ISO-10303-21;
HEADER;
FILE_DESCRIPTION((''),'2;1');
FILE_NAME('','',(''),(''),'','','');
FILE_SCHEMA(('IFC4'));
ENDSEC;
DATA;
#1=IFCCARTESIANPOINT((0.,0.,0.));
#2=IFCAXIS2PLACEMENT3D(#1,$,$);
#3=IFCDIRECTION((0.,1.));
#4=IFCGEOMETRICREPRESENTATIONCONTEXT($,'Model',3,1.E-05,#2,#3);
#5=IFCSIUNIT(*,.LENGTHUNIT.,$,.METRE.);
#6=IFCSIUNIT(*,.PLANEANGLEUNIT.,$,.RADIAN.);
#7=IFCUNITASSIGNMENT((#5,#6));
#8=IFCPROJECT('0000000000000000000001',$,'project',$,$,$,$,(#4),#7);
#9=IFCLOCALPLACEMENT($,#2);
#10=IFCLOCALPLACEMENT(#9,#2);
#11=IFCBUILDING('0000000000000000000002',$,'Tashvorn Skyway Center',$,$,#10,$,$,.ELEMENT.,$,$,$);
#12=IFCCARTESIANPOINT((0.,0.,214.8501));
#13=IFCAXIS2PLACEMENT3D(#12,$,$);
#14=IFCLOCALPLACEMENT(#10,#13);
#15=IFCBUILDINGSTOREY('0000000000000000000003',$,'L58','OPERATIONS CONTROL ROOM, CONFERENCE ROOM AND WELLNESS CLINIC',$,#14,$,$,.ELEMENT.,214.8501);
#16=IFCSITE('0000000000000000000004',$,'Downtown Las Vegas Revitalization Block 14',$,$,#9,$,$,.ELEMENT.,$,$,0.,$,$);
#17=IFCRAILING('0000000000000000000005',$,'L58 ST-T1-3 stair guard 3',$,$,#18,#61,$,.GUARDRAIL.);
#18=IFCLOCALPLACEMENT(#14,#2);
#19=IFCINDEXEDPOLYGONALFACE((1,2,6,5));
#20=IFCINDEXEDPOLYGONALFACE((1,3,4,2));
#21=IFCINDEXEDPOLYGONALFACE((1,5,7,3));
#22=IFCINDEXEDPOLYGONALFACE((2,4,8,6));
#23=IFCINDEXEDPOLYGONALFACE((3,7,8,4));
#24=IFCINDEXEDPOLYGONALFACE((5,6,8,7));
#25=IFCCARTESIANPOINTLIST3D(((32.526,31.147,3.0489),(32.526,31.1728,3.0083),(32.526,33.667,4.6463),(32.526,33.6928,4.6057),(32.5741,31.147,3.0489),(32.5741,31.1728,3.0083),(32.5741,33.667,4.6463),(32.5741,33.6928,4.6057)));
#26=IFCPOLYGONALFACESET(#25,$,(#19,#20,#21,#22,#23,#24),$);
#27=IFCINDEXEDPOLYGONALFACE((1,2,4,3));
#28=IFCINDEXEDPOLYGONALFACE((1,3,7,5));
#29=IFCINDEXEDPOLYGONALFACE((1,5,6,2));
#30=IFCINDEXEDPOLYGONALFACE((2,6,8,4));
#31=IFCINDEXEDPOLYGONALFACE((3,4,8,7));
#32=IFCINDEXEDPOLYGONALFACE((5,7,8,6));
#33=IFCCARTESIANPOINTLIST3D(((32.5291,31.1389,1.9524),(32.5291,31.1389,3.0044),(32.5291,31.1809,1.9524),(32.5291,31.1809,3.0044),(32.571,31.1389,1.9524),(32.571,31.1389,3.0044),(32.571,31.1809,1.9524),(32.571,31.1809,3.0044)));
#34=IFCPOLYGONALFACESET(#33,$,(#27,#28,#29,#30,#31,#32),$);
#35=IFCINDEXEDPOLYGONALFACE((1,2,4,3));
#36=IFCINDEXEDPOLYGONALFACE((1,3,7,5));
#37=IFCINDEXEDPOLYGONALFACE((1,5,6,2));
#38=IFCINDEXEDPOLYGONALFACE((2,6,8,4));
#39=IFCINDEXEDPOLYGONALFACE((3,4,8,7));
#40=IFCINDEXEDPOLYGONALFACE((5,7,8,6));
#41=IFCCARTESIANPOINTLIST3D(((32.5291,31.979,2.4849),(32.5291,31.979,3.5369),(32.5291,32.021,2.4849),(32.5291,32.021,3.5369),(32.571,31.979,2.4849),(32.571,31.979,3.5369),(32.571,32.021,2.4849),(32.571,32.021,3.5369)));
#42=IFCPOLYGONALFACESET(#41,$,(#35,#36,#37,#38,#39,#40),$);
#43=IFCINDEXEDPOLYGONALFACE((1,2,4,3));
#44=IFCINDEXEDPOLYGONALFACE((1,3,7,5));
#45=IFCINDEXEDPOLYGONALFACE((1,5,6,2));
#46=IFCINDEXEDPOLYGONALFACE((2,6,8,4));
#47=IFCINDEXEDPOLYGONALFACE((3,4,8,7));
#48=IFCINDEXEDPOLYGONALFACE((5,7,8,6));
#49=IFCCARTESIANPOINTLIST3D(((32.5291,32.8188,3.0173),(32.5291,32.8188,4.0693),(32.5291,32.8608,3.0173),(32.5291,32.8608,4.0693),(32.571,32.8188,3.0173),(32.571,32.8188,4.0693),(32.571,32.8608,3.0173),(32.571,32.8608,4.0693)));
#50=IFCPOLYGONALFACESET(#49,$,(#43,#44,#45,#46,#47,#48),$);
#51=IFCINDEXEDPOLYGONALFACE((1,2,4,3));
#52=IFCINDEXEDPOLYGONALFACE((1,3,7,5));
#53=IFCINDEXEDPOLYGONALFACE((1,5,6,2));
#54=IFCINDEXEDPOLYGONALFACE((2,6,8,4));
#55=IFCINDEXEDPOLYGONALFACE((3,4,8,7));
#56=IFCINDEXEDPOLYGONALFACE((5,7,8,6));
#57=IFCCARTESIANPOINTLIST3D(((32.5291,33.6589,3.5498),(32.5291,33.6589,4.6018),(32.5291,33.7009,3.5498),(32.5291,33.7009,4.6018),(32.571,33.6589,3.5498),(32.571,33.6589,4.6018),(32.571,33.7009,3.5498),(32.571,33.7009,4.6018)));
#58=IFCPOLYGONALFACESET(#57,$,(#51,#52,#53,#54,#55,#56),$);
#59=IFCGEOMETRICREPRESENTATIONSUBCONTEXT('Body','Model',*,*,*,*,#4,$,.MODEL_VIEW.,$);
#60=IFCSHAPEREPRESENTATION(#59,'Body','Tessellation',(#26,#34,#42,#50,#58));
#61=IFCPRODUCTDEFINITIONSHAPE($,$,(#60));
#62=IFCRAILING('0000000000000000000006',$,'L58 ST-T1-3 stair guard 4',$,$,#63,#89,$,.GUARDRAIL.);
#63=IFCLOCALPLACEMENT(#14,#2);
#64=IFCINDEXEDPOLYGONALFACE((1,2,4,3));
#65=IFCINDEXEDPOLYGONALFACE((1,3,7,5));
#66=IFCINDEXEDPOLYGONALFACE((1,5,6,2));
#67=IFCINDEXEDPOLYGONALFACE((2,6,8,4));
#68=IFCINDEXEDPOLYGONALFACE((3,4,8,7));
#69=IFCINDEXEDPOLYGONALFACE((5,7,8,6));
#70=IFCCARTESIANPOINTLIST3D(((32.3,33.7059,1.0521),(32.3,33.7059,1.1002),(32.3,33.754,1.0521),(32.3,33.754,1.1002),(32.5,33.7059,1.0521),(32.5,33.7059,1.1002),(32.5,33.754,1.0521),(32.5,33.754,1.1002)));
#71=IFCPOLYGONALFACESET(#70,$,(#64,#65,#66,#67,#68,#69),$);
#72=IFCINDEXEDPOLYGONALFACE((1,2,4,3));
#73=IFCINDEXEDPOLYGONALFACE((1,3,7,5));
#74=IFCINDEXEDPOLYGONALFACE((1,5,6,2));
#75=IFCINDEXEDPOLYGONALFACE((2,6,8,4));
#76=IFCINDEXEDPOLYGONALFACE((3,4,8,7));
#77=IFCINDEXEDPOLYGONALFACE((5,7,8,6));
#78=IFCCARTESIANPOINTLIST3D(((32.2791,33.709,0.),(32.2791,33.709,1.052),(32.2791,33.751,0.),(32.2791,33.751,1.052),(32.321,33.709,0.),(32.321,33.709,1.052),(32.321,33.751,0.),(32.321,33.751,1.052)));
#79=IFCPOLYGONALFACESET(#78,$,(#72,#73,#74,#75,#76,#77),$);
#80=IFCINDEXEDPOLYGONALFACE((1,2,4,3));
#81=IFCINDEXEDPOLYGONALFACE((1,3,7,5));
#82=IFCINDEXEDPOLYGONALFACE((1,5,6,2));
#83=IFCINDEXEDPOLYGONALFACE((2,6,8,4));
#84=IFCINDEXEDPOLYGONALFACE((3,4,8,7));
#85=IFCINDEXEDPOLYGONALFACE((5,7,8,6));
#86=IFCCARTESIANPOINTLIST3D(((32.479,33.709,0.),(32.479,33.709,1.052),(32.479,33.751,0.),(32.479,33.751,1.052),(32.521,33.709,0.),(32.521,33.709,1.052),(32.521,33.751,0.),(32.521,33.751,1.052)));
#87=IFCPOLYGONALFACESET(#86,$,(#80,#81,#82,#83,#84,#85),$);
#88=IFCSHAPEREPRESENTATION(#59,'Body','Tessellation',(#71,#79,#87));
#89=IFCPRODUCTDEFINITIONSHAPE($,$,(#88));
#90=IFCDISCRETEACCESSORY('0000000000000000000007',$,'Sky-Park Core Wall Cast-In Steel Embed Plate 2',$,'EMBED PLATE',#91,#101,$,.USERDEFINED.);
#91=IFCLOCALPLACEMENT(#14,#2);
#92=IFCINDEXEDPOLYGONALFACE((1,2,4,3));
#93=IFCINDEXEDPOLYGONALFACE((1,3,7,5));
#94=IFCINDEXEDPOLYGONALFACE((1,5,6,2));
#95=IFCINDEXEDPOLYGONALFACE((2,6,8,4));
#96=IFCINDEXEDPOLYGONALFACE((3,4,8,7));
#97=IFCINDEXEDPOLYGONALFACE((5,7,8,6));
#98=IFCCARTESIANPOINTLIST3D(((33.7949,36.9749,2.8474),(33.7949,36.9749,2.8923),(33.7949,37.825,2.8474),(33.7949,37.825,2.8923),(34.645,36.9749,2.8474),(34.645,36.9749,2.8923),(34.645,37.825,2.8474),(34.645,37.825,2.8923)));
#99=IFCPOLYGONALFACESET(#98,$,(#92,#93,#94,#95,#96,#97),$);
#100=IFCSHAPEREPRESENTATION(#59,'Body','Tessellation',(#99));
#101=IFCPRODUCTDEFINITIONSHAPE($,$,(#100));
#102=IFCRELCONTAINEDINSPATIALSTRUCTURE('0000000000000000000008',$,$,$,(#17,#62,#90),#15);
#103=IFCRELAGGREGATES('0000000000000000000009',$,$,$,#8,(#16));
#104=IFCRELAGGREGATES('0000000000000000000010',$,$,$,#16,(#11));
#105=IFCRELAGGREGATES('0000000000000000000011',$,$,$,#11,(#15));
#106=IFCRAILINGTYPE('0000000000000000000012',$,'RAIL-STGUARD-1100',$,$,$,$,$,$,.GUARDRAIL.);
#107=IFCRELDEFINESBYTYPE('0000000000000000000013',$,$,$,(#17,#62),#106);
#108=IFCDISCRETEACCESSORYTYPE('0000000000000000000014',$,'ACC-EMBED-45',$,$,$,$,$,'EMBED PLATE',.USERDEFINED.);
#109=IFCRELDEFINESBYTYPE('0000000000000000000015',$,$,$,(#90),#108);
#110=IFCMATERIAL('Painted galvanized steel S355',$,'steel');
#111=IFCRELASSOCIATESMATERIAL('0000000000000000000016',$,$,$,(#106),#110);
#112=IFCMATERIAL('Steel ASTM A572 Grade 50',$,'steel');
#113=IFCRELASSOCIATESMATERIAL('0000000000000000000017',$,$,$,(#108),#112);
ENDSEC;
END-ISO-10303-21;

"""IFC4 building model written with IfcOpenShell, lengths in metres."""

from ifc_helpers import new_model, si_unit, direction, frame, origin, origin_2d, place, context, subcontext, project, spatial, rectangle, extrude, material, type_object, element, save


model = new_model("IFC4")

# Units and contexts
model_context = context("Model", 3, precision=1e-05, world=origin(), true_north=direction((0.0, 1.0)))
body_context = subcontext(model_context, "Body", "Model", "MODEL_VIEW")
ifc_project = project(units=[si_unit("LENGTHUNIT", "METRE"), si_unit("PLANEANGLEUNIT", "RADIAN")], contexts=[model_context])

# Site, building, storey
site_placement = place(None, origin())
site = spatial("IfcSite", under=ifc_project, at=site_placement, Name="Downtown Las Vegas Revitalization Block 14", CompositionType="ELEMENT", RefElevation=0.0)
building_placement = place(site_placement, origin())
building = spatial("IfcBuilding", under=site, at=building_placement, Name="Tashvorn Skyway Center", CompositionType="ELEMENT")
storey_placement = place(building_placement, frame((0.0, 0.0, 214.8501)))
storey = spatial("IfcBuildingStorey", under=building, at=storey_placement, Name="L58", Description="OPERATIONS CONTROL ROOM, CONFERENCE ROOM AND WELLNESS CLINIC", CompositionType="ELEMENT", Elevation=214.8501)

# Shared definitions
ifc_material_1 = material(Name="Steel ASTM A572 Grade 50", Category="steel")

# Railings
ifc_material_2 = material(Name="Painted galvanized steel S355", Category="steel")
railing_type_1 = type_object("IfcRailingType", Name="RAIL-STGUARD-1100", PredefinedType="GUARDRAIL", material=ifc_material_2)
railing_1_placement = place(storey_placement, frame((32.55, 31.1599, 1.9524)))
element("IfcRailing", 1, at=railing_1_placement, inside=storey, type_object=railing_type_1, Name="L58 ST-T1-3 stair guard 3", PredefinedType="GUARDRAIL", context=body_context, shape_type="SweptSolid", body=[
    extrude(rectangle(XDim=0.0481, YDim=0.0481, at=origin_2d()), frame((0.0, 0.0, 1.0762), z_axis=(0.0, 0.844607, 0.535387), x_axis=(-1.0, 0.0, 0.0)), (0.0, 0.0, 1.0), 2.9836),
    extrude(rectangle(XDim=0.042, YDim=0.042, at=origin_2d()), origin(), (0.0, 0.0, 1.0), 1.052),
    extrude(rectangle(XDim=0.042, YDim=0.042, at=origin_2d()), frame((0.0, 0.8401, 0.5325)), (0.0, 0.0, 1.0), 1.052),
    extrude(rectangle(XDim=0.042, YDim=0.042, at=origin_2d()), frame((0.0, 1.6799, 1.0649)), (0.0, 0.0, 1.0), 1.052),
    extrude(rectangle(XDim=0.042, YDim=0.042, at=origin_2d()), frame((0.0, 2.52, 1.5974)), (0.0, 0.0, 1.0), 1.052),
])
railing_2_placement = place(storey_placement, frame((32.3, 33.73, 0.0)))
element("IfcRailing", 2, at=railing_2_placement, inside=storey, type_object=railing_type_1, Name="L58 ST-T1-3 stair guard 4", PredefinedType="GUARDRAIL", context=body_context, shape_type="SweptSolid", body=[
    extrude(rectangle(XDim=0.0481, YDim=0.0481, at=origin_2d()), frame((0.0, 0.0, 1.0762), z_axis=(1.0, 0.0, 0.0), x_axis=(0.0, 1.0, 0.0)), (0.0, 0.0, 1.0), 0.2),
    extrude(rectangle(XDim=0.042, YDim=0.042, at=origin_2d()), origin(), (0.0, 0.0, 1.0), 1.052),
    extrude(rectangle(XDim=0.042, YDim=0.042, at=origin_2d()), frame((0.2, 0.0, 0.0)), (0.0, 0.0, 1.0), 1.052),
])

# Discrete accessory
discrete_accessory_type = type_object("IfcDiscreteAccessoryType", Name="ACC-EMBED-45", ElementType="EMBED PLATE", PredefinedType="USERDEFINED", material=ifc_material_1)
discrete_accessory_placement = place(storey_placement, frame((34.22, 37.3999, 2.8474), z_axis=(0.0, 0.0, 1.0), x_axis=(1.0, 0.0, 0.0)))
element("IfcDiscreteAccessory", 3, at=discrete_accessory_placement, inside=storey, type_object=discrete_accessory_type, Name="Sky-Park Core Wall Cast-In Steel Embed Plate 2", ObjectType="EMBED PLATE", PredefinedType="USERDEFINED", context=body_context, shape_type="SweptSolid", body=[
    extrude(rectangle(XDim=0.8501, YDim=0.8501, at=origin_2d()), origin(), (0.0, 0.0, 1.0), 0.0449),
])

save(model, "model.ifc")
